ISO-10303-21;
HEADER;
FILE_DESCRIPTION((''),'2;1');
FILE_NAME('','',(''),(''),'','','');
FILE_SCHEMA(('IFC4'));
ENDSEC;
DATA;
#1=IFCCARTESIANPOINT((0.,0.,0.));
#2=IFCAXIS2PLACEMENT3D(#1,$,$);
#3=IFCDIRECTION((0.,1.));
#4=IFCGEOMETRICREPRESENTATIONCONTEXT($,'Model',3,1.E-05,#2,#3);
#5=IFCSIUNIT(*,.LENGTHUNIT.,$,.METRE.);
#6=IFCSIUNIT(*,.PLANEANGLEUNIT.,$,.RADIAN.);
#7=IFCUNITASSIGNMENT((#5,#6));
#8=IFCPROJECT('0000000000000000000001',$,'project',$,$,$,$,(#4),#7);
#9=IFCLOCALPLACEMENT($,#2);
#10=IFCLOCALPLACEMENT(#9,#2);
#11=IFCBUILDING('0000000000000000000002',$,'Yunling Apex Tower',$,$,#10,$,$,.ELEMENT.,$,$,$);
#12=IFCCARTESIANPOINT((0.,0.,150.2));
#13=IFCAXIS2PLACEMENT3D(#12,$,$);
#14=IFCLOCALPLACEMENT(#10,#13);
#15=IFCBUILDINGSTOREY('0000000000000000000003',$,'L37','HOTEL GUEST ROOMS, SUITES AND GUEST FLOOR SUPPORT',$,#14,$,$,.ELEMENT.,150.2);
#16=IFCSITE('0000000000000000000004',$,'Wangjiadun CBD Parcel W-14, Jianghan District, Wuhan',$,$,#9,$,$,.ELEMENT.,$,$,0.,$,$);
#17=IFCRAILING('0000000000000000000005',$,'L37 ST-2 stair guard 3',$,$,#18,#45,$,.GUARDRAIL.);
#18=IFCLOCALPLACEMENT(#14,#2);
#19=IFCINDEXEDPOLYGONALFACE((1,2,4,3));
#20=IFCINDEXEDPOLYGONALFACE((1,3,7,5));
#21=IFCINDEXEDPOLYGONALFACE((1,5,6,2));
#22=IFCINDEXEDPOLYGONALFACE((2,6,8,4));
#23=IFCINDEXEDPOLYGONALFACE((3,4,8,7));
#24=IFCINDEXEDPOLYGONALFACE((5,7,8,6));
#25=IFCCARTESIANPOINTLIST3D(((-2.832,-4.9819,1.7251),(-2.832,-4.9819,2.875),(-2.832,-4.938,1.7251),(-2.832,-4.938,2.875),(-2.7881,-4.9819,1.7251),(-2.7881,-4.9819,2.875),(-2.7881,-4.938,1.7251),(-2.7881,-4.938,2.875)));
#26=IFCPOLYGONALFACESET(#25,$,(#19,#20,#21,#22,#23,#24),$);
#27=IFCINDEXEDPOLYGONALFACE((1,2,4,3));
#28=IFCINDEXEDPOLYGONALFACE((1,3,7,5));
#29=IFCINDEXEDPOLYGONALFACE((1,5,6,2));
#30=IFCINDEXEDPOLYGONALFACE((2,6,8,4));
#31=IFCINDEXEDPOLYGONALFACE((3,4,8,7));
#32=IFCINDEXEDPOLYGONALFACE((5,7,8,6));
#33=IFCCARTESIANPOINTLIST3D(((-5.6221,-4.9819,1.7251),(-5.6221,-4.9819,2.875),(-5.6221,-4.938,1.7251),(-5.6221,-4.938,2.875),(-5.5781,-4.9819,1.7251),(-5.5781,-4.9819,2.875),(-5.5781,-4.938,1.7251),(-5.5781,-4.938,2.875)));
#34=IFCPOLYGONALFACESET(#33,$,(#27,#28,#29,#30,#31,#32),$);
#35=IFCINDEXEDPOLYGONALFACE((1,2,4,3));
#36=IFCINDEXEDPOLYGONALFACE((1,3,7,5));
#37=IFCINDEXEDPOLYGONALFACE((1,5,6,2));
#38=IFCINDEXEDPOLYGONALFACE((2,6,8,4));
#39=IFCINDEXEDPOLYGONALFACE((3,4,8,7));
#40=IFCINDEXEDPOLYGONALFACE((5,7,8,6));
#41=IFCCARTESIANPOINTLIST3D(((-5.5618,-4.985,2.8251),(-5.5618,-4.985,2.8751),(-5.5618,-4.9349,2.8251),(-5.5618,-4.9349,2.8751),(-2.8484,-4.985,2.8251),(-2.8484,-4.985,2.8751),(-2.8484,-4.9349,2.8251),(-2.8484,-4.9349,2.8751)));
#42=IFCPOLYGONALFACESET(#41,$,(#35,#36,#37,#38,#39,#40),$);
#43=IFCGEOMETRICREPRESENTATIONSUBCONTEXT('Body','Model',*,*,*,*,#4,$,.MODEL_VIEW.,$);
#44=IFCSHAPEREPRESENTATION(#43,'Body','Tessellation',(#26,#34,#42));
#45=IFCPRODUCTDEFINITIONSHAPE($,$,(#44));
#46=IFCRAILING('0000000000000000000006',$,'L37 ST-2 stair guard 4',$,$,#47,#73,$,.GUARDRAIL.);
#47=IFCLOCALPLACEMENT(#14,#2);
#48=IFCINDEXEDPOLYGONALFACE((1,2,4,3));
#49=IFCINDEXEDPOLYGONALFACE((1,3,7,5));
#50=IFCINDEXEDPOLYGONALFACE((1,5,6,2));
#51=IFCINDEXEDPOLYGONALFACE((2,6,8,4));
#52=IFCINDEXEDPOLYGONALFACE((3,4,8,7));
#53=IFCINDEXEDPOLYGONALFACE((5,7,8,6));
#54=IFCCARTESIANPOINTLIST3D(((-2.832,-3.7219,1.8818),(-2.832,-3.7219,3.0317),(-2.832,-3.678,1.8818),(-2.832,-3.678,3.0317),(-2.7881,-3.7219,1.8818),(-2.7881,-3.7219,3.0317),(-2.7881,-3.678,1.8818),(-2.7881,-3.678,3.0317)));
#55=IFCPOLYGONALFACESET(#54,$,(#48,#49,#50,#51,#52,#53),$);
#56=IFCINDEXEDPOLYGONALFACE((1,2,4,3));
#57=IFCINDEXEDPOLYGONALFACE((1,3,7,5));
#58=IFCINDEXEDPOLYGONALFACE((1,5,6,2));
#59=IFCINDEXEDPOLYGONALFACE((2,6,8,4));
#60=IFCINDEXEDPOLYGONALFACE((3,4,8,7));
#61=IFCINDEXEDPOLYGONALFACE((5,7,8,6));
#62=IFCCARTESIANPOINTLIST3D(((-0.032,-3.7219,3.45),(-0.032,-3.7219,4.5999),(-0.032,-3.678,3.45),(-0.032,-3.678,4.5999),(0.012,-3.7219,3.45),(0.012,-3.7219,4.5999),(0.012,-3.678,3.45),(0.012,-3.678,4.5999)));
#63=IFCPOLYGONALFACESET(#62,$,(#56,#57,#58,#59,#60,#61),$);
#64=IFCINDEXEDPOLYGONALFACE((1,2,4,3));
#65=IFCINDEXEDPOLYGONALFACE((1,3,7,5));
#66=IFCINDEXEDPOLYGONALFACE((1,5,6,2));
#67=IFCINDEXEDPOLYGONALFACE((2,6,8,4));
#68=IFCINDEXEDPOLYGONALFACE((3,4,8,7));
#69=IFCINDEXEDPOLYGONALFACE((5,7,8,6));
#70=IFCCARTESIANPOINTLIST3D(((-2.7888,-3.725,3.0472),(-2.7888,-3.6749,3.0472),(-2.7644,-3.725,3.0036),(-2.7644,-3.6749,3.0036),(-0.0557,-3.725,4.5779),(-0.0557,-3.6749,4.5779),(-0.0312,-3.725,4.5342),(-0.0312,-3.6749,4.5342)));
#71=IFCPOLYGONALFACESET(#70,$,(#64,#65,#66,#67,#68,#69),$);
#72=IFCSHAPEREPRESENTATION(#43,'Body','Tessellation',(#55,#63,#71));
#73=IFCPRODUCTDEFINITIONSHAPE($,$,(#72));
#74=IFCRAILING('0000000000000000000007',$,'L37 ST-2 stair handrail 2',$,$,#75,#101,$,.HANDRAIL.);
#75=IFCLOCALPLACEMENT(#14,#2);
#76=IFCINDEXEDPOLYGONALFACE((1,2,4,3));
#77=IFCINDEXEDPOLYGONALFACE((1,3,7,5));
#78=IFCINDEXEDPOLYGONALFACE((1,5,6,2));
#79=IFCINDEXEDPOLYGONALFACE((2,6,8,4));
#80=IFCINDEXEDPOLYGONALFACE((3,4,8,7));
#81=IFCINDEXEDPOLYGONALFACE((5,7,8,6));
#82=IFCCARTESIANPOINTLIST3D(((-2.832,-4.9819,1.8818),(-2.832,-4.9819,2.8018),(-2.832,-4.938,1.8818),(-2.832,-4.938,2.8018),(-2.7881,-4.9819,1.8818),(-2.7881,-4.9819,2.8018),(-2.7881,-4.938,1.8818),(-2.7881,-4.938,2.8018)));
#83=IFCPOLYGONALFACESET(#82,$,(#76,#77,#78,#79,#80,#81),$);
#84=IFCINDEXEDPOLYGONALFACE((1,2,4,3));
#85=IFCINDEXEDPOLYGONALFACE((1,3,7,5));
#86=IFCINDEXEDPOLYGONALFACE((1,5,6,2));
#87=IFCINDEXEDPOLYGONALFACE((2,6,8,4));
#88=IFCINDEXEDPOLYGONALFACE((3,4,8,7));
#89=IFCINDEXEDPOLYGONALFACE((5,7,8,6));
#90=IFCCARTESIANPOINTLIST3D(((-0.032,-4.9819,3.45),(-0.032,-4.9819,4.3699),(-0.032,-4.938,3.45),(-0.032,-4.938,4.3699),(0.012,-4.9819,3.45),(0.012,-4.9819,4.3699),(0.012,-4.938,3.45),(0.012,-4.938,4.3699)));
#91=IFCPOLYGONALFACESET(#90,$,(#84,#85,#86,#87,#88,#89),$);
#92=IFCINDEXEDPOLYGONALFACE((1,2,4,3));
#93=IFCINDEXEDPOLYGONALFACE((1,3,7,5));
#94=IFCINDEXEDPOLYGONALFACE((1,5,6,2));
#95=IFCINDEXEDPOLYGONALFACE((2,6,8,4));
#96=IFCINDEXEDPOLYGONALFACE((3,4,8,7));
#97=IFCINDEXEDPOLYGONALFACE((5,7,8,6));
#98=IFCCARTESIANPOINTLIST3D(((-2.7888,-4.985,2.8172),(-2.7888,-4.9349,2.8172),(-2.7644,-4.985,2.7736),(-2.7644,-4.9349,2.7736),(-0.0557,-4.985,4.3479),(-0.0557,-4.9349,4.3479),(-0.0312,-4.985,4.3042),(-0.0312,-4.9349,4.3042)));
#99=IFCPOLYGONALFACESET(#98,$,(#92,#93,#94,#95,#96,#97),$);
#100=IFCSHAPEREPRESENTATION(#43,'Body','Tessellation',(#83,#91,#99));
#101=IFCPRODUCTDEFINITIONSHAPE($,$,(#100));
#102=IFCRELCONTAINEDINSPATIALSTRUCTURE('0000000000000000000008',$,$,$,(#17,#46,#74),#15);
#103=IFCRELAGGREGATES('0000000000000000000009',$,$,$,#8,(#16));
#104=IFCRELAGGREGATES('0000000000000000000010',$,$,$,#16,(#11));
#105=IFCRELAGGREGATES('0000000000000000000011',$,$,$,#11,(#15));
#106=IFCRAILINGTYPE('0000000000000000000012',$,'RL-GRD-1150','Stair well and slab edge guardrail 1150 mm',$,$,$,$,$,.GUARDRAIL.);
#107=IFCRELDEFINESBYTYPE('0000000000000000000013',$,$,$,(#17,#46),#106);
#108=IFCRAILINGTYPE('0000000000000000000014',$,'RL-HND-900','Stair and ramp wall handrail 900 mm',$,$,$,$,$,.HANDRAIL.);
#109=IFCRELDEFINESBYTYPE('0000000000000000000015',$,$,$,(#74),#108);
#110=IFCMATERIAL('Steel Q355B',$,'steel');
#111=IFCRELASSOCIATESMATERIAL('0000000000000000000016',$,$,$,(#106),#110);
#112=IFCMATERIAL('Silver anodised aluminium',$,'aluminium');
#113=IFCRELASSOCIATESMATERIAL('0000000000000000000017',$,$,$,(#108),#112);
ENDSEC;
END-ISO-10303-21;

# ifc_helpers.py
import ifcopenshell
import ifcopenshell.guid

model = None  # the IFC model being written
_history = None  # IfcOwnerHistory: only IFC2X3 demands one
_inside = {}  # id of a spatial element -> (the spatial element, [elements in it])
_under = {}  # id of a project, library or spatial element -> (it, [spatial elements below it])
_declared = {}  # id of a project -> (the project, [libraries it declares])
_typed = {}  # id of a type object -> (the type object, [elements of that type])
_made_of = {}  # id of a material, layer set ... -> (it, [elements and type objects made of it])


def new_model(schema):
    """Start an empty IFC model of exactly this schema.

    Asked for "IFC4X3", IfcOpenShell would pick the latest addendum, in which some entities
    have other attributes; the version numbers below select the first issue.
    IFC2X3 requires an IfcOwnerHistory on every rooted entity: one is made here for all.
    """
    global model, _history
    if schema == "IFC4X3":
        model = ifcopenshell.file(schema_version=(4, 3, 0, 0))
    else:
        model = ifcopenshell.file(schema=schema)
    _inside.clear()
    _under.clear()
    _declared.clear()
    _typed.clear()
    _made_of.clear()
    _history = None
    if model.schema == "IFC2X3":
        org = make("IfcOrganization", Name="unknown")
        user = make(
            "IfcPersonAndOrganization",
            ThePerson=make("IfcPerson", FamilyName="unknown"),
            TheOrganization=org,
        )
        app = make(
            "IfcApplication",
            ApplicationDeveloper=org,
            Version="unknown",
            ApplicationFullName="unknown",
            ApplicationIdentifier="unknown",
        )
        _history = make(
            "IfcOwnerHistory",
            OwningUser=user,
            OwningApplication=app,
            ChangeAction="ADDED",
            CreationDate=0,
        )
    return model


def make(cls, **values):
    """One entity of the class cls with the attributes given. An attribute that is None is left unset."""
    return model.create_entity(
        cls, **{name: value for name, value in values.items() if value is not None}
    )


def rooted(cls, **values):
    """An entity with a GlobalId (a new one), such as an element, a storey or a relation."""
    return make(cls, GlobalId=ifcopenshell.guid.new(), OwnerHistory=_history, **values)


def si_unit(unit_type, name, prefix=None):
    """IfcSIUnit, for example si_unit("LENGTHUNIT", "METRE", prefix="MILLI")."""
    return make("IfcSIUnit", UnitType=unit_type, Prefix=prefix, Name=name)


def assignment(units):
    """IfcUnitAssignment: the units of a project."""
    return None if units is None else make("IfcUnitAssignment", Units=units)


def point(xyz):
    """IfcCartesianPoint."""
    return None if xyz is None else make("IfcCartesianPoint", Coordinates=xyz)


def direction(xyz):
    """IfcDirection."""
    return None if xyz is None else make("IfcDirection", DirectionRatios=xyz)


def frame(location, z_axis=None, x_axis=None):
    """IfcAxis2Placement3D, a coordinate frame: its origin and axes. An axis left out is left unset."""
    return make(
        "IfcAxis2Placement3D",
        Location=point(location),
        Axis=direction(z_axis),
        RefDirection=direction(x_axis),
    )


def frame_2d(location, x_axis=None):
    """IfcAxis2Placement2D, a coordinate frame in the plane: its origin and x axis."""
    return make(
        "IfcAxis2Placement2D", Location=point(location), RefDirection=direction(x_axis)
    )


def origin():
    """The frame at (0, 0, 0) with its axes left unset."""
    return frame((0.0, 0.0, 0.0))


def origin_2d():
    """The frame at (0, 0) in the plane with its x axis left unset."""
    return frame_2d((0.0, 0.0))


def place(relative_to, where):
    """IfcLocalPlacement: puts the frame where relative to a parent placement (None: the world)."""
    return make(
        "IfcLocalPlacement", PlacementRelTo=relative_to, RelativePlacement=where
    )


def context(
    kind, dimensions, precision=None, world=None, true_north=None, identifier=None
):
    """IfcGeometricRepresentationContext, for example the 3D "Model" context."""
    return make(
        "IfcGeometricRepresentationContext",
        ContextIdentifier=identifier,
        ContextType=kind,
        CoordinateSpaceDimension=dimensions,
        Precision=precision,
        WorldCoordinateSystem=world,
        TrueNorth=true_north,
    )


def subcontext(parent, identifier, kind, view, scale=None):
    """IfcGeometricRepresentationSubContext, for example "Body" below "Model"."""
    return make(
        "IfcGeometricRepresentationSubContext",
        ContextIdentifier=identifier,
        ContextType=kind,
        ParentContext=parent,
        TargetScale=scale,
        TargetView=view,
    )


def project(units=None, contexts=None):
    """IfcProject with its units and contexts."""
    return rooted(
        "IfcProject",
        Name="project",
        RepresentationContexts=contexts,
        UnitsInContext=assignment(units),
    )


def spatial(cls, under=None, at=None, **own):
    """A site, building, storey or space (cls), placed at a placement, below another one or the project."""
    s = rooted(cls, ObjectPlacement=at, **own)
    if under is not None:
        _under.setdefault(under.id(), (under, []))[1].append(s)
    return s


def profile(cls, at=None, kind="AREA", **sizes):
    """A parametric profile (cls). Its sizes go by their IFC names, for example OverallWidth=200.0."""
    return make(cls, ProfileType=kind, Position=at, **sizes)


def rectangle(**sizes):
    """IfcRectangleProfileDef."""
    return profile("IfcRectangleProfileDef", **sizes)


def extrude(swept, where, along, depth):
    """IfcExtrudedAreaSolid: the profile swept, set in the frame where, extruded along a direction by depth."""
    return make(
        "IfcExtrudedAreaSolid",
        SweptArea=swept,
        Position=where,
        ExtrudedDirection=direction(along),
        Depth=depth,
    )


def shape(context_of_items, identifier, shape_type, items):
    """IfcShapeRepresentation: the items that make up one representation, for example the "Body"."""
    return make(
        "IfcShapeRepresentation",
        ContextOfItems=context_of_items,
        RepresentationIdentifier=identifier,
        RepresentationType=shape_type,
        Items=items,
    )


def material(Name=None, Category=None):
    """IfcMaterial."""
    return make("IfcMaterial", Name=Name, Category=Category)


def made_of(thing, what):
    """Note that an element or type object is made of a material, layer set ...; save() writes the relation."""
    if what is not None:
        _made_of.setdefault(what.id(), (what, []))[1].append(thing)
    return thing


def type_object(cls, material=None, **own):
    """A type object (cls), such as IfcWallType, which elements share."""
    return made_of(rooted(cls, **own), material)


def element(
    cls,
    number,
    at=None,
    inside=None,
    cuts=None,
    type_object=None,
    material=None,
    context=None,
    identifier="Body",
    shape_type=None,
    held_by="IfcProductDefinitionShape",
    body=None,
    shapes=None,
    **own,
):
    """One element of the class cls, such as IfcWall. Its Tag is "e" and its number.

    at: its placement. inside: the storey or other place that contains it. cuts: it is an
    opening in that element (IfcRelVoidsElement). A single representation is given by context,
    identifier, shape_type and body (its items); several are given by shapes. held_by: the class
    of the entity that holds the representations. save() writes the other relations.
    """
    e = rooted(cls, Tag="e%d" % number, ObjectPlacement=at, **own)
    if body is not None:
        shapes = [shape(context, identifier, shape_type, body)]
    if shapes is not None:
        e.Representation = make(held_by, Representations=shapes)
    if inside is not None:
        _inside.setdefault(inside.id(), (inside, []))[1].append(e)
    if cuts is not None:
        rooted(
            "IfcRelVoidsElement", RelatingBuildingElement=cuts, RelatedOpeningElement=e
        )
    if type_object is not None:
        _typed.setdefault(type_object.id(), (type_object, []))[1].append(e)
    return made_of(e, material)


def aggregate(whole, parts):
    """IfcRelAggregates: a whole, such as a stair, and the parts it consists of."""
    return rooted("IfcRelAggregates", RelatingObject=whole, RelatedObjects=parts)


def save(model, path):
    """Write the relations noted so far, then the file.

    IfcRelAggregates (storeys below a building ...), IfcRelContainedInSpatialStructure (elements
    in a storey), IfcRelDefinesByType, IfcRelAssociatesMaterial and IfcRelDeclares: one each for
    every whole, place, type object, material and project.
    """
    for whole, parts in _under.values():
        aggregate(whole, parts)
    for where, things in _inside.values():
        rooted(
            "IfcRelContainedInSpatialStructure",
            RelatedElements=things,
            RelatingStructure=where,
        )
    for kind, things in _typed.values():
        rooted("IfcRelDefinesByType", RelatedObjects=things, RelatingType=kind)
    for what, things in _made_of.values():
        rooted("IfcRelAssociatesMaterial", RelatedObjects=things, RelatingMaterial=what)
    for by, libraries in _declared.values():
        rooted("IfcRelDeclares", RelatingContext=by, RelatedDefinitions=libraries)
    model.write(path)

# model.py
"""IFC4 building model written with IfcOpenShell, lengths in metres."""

from ifc_helpers import new_model, si_unit, direction, frame, origin, origin_2d, place, context, subcontext, project, spatial, rectangle, extrude, material, type_object, element, save


model = new_model("IFC4")

# Units and contexts
model_context = context("Model", 3, precision=1e-05, world=origin(), true_north=direction((0.0, 1.0)))
body_context = subcontext(model_context, "Body", "Model", "MODEL_VIEW")
ifc_project = project(units=[si_unit("LENGTHUNIT", "METRE"), si_unit("PLANEANGLEUNIT", "RADIAN")], contexts=[model_context])

# Site, building, storey
site_placement = place(None, origin())
site = spatial("IfcSite", under=ifc_project, at=site_placement, Name="Wangjiadun CBD Parcel W-14, Jianghan District, Wuhan", CompositionType="ELEMENT", RefElevation=0.0)
building_placement = place(site_placement, origin())
building = spatial("IfcBuilding", under=site, at=building_placement, Name="Yunling Apex Tower", CompositionType="ELEMENT")
storey_placement = place(building_placement, frame((0.0, 0.0, 150.2)))
storey = spatial("IfcBuildingStorey", under=building, at=storey_placement, Name="L37", Description="HOTEL GUEST ROOMS, SUITES AND GUEST FLOOR SUPPORT", CompositionType="ELEMENT", Elevation=150.2)

# Shared definitions
ifc_material_1 = material(Name="Steel Q355B", Category="steel")

# Shared definitions
ifc_material_2 = material(Name="Silver anodised aluminium", Category="aluminium")

# Railings
railing_type_1 = type_object("IfcRailingType", Name="RL-GRD-1150", Description="Stair well and slab edge guardrail 1150 mm", PredefinedType="GUARDRAIL", material=ifc_material_1)
railing_1_placement = place(storey_placement, frame((-2.8101, -4.96, 1.7251)))
element("IfcRailing", 1, at=railing_1_placement, inside=storey, type_object=railing_type_1, Name="L37 ST-2 stair guard 3", PredefinedType="GUARDRAIL", context=body_context, shape_type="SweptSolid", body=[
    extrude(rectangle(XDim=0.0439, YDim=0.0439, at=origin_2d()), origin(), (0.0, 0.0, 1.0), 1.1499),
    extrude(rectangle(XDim=0.0439, YDim=0.0439, at=origin_2d()), frame((-2.79, 0.0, 0.0)), (0.0, 0.0, 1.0), 1.1499),
    extrude(rectangle(XDim=0.05, YDim=0.05, at=origin_2d()), frame((-0.0383, 0.0, 1.125), z_axis=(-1.0, 0.0, 0.0), x_axis=(0.0, -1.0, 0.0)), (0.0, 0.0, 1.0), 2.7134),
])
railing_2_placement = place(storey_placement, frame((-2.8101, -3.7, 1.8818)))
element("IfcRailing", 2, at=railing_2_placement, inside=storey, type_object=railing_type_1, Name="L37 ST-2 stair guard 4", PredefinedType="GUARDRAIL", context=body_context, shape_type="SweptSolid", body=[
    extrude(rectangle(XDim=0.0439, YDim=0.0439, at=origin_2d()), origin(), (0.0, 0.0, 1.0), 1.1499),
    extrude(rectangle(XDim=0.0439, YDim=0.0439, at=origin_2d()), frame((2.8, 0.0, 1.5681)), (0.0, 0.0, 1.0), 1.1499),
    extrude(rectangle(XDim=0.05, YDim=0.05, at=origin_2d()), frame((0.0334, 0.0, 1.1436), z_axis=(0.872494, 0.0, 0.488624), x_axis=(0.0, 1.0, 0.0)), (0.0, 0.0, 1.0), 3.1326),
])
railing_type_2 = type_object("IfcRailingType", Name="RL-HND-900", Description="Stair and ramp wall handrail 900 mm", PredefinedType="HANDRAIL", material=ifc_material_2)
railing_3_placement = place(storey_placement, frame((-2.8101, -4.96, 1.8818)))
element("IfcRailing", 3, at=railing_3_placement, inside=storey, type_object=railing_type_2, Name="L37 ST-2 stair handrail 2", PredefinedType="HANDRAIL", context=body_context, shape_type="SweptSolid", body=[
    extrude(rectangle(XDim=0.0439, YDim=0.0439, at=origin_2d()), origin(), (0.0, 0.0, 1.0), 0.9199),
    extrude(rectangle(XDim=0.0439, YDim=0.0439, at=origin_2d()), frame((2.8, 0.0, 1.5681)), (0.0, 0.0, 1.0), 0.9199),
    extrude(rectangle(XDim=0.05, YDim=0.05, at=origin_2d()), frame((0.0334, 0.0, 0.9136), z_axis=(0.872494, 0.0, 0.488624), x_axis=(0.0, 1.0, 0.0)), (0.0, 0.0, 1.0), 3.1326),
])

save(model, "model.ifc")
